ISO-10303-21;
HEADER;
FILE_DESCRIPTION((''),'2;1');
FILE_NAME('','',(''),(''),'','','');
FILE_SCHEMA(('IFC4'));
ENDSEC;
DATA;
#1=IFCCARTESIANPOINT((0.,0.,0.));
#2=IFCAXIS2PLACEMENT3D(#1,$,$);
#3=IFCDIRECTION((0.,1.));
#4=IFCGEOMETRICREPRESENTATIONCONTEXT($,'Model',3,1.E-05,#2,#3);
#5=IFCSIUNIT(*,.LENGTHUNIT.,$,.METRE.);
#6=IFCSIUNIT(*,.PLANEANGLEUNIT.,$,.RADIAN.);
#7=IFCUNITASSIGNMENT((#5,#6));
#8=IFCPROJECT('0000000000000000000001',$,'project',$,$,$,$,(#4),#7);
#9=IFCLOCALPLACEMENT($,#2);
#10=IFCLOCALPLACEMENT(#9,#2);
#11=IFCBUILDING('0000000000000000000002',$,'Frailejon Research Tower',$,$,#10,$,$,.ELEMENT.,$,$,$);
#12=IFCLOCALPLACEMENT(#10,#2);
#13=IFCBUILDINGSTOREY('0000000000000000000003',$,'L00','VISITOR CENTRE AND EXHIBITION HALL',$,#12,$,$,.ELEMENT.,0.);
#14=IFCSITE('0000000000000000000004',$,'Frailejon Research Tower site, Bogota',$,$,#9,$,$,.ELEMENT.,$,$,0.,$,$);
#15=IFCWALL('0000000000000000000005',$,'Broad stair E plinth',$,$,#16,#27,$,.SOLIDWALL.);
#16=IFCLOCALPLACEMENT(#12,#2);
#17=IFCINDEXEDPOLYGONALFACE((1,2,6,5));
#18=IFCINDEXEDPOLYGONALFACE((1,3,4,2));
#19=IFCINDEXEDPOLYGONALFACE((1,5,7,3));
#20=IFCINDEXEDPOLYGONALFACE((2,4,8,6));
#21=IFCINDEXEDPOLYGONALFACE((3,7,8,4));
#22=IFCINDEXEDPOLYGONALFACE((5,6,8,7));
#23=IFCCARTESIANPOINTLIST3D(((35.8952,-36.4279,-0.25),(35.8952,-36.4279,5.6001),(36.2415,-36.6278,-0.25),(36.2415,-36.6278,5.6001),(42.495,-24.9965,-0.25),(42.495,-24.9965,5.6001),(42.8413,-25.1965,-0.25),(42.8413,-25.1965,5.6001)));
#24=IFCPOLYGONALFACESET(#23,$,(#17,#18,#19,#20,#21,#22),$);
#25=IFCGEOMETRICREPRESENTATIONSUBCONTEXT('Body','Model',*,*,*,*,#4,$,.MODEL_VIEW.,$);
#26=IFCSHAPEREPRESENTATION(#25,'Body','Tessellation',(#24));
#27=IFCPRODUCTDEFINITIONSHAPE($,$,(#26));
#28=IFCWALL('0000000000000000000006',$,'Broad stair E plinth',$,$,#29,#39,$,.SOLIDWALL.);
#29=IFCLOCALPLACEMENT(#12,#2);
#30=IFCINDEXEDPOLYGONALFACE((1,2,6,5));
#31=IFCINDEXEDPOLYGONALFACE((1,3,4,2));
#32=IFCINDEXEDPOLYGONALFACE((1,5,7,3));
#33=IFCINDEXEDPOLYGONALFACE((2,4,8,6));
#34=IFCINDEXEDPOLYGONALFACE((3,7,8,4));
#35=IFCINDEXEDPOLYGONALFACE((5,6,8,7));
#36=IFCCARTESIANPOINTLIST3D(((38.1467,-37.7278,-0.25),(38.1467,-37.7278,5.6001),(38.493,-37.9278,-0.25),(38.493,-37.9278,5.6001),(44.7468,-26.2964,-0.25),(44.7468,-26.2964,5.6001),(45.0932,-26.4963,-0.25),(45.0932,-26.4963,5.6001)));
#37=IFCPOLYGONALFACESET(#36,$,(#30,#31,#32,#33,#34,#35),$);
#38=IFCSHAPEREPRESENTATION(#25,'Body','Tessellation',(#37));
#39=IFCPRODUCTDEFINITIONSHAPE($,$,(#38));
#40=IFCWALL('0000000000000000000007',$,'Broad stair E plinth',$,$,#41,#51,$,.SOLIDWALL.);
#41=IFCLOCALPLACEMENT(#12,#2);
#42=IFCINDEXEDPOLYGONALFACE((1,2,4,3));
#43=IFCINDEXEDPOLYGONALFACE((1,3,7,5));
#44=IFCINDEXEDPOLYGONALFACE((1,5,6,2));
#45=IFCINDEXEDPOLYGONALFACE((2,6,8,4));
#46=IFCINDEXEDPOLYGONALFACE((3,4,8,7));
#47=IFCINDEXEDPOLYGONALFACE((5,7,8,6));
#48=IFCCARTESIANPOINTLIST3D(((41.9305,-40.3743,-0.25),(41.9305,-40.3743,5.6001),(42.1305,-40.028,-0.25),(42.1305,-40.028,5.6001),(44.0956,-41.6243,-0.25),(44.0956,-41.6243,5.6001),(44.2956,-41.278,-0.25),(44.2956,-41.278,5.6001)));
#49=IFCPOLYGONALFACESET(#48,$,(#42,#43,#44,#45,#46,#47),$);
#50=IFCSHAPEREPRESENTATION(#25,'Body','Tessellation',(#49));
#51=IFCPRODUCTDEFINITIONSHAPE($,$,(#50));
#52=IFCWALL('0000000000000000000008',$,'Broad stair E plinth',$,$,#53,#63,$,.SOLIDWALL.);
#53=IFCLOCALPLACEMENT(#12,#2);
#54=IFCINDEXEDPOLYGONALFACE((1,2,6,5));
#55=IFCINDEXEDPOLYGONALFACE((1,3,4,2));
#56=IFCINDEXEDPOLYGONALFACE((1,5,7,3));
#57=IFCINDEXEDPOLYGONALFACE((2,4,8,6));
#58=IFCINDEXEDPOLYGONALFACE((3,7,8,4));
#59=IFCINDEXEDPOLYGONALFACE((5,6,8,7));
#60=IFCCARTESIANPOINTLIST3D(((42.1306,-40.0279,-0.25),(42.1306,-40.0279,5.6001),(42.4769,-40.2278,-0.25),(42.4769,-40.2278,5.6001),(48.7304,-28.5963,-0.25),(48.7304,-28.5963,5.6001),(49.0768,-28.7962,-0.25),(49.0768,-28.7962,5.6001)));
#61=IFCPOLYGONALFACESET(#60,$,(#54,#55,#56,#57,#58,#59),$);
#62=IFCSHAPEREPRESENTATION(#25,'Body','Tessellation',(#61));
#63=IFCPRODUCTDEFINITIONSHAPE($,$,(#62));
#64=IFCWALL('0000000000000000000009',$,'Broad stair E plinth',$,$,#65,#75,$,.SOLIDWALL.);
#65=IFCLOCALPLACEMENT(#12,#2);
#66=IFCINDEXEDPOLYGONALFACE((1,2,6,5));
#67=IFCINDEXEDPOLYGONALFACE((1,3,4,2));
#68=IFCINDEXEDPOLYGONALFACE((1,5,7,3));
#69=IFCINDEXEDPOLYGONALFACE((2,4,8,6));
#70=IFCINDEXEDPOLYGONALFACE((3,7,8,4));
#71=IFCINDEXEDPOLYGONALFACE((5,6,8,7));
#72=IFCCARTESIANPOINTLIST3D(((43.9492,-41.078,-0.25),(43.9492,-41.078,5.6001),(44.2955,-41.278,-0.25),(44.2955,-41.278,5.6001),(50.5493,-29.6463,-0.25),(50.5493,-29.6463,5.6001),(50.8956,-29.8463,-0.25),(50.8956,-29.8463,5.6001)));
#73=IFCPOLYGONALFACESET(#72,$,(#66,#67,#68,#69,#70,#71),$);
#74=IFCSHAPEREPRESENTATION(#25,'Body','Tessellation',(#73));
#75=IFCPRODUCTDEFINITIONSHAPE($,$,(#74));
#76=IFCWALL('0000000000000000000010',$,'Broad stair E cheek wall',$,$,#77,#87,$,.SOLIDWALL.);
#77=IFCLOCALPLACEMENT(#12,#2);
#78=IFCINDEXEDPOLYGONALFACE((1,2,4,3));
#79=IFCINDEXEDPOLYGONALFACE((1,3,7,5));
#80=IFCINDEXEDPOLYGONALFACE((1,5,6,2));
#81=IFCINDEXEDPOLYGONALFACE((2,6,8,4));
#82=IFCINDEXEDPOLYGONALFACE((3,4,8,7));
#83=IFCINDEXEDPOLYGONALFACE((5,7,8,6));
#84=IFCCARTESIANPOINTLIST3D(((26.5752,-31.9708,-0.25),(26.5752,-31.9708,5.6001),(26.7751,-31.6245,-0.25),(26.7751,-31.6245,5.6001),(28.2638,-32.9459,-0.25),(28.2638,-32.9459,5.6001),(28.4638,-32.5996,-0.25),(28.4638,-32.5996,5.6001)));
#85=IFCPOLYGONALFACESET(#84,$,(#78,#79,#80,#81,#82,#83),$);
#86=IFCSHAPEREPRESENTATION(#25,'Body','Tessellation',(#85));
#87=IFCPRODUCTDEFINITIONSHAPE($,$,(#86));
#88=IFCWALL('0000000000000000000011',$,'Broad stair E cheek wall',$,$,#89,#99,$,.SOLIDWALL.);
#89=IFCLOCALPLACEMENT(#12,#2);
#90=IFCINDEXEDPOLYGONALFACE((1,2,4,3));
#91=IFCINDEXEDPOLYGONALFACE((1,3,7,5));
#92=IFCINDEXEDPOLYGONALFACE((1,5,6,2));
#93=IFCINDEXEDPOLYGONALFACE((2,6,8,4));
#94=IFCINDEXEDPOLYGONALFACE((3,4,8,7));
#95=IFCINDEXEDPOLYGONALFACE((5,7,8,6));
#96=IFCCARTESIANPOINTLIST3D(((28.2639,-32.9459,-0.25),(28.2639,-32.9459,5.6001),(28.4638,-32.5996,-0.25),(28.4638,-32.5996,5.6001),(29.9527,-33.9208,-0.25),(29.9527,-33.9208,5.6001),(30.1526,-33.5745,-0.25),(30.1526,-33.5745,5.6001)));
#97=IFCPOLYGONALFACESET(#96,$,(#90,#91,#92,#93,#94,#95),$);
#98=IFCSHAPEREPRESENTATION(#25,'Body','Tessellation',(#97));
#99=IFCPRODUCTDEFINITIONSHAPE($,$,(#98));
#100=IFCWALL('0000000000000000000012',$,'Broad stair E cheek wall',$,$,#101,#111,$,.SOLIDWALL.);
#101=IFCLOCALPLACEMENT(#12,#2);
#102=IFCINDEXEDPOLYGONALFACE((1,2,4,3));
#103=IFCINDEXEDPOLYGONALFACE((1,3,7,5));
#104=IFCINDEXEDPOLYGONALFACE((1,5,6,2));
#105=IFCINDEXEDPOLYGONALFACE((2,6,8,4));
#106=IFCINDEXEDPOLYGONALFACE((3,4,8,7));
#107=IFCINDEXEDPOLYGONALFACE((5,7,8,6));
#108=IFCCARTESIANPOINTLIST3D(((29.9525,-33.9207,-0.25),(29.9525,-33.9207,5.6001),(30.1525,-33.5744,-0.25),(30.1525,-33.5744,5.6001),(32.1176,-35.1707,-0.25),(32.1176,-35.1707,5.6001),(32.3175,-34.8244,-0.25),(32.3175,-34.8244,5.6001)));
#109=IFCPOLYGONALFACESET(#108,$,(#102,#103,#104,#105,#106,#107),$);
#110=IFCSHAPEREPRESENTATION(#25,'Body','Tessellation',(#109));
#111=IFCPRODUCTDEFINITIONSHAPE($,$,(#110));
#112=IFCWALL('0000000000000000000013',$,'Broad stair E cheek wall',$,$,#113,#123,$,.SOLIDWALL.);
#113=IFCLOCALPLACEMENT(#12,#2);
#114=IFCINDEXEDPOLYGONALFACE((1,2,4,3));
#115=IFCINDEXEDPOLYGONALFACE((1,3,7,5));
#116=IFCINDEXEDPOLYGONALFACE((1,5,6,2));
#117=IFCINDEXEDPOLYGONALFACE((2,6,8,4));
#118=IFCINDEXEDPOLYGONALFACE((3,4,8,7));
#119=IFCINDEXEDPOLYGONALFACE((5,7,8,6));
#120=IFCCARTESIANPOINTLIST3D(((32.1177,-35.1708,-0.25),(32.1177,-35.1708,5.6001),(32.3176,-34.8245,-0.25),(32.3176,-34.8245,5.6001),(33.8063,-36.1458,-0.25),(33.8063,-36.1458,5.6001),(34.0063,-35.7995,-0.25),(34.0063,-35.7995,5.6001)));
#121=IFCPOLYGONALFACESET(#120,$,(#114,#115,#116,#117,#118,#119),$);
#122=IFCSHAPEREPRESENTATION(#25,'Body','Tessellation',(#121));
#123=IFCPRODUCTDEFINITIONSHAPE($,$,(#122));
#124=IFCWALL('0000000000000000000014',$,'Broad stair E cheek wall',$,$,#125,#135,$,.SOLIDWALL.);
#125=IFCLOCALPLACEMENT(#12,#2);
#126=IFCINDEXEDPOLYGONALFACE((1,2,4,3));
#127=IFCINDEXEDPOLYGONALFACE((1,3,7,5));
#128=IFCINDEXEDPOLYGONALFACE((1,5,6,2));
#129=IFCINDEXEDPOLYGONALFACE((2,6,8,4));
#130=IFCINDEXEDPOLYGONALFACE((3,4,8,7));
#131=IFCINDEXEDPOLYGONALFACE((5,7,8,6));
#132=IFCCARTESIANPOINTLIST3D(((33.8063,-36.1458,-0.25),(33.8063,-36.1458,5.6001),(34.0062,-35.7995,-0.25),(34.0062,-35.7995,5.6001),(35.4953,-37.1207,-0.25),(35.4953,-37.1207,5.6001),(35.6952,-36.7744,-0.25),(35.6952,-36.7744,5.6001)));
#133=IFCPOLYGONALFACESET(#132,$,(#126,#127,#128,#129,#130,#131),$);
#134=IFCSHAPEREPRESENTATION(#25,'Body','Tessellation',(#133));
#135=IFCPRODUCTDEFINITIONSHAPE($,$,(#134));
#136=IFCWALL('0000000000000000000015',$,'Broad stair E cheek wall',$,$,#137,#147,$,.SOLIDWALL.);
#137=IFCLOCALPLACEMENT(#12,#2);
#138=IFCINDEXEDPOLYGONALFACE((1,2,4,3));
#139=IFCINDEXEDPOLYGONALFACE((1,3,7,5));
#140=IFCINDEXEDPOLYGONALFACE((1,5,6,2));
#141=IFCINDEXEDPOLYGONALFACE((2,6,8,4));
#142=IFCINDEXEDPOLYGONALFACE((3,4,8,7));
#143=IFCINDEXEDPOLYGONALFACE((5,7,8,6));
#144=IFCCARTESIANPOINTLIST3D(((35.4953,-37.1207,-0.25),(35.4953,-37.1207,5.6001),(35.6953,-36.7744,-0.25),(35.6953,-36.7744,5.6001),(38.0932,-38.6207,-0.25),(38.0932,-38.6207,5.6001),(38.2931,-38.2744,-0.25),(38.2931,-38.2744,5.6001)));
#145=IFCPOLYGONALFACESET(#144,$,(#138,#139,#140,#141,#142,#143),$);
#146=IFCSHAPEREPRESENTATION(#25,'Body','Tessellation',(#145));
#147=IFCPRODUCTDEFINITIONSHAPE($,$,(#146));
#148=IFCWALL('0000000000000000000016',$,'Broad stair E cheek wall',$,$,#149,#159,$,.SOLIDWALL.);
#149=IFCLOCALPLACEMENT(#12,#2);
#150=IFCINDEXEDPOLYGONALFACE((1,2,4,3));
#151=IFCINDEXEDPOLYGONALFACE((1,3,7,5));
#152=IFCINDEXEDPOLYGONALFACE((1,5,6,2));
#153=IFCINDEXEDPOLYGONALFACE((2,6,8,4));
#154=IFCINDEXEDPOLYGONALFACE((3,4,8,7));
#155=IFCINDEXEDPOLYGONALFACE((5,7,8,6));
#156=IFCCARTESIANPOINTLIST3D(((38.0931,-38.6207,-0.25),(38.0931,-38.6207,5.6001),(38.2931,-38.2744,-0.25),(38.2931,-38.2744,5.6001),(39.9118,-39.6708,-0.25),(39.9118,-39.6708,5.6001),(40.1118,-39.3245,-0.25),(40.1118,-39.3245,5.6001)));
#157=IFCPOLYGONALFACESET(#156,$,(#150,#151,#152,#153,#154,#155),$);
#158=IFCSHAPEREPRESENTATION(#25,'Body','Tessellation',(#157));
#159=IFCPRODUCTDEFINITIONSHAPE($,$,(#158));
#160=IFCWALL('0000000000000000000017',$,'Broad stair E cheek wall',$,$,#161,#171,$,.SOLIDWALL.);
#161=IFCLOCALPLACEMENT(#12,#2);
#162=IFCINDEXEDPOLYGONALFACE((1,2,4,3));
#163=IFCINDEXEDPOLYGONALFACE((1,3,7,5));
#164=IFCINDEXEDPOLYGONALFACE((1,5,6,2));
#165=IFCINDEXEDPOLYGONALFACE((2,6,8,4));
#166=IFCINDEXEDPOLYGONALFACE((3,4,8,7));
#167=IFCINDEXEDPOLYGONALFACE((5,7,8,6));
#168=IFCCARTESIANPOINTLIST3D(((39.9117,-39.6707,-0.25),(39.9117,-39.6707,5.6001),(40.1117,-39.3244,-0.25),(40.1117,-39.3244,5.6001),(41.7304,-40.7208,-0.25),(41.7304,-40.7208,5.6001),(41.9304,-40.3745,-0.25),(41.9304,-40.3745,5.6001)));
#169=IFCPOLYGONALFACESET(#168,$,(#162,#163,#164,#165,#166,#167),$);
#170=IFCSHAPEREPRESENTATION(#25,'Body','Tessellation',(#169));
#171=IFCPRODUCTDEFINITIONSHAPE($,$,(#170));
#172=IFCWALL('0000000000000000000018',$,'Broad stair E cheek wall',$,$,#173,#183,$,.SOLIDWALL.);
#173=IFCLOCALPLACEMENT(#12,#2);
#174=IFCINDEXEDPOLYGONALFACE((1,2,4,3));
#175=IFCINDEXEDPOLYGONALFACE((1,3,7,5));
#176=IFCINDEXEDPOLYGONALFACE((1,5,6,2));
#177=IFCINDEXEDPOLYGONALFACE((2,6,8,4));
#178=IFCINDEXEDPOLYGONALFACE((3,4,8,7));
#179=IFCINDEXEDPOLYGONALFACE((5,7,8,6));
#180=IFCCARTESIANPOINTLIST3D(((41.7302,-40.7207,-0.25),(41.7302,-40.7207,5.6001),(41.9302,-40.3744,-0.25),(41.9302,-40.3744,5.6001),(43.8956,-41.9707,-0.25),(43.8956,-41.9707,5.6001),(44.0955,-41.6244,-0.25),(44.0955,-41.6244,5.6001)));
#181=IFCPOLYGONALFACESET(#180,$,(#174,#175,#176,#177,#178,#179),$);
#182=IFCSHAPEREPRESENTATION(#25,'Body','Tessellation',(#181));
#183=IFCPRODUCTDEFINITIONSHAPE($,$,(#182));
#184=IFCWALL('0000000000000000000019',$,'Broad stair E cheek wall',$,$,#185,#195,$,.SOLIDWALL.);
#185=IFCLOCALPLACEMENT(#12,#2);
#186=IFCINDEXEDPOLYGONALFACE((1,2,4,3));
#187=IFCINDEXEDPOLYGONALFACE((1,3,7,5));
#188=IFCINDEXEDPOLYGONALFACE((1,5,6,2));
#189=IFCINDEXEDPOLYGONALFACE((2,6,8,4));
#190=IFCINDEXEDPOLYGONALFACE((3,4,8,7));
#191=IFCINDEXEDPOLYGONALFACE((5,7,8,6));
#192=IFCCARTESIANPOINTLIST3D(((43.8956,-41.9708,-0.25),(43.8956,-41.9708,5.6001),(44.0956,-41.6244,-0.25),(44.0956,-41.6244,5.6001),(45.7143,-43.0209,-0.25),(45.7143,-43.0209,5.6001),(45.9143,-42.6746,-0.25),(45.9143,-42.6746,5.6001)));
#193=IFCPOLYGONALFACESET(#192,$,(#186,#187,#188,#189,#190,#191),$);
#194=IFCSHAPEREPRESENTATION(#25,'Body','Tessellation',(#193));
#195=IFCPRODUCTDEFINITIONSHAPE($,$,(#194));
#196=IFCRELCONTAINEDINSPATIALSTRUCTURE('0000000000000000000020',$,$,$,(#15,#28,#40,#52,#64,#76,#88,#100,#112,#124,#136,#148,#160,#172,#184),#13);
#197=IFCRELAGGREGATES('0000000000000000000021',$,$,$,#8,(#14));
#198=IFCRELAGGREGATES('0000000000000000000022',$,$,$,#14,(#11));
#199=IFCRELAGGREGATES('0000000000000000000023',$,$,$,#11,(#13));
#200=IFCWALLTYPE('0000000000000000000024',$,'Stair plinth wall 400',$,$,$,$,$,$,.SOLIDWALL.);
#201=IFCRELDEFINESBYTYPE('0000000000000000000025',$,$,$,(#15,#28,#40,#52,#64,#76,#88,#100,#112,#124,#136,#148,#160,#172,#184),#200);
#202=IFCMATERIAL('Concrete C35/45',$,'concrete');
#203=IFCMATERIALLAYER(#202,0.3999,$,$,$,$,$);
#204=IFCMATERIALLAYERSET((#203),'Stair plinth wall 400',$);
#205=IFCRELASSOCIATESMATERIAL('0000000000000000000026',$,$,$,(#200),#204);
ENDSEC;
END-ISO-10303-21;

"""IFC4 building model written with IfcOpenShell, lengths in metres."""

from ifc_helpers import new_model, si_unit, direction, frame, frame_2d, origin, place, context, subcontext, project, spatial, rectangle, extrude, material, layer, layer_set, type_object, element, save


model = new_model("IFC4")

# Units and contexts
model_context = context("Model", 3, precision=1e-05, world=origin(), true_north=direction((0.0, 1.0)))
body_context = subcontext(model_context, "Body", "Model", "MODEL_VIEW")
ifc_project = project(units=[si_unit("LENGTHUNIT", "METRE"), si_unit("PLANEANGLEUNIT", "RADIAN")], contexts=[model_context])

# Site, building, storey
site_placement = place(None, origin())
site = spatial("IfcSite", under=ifc_project, at=site_placement, Name="Frailejon Research Tower site, Bogota", CompositionType="ELEMENT", RefElevation=0.0)
building_placement = place(site_placement, origin())
building = spatial("IfcBuilding", under=site, at=building_placement, Name="Frailejon Research Tower", CompositionType="ELEMENT")
storey_placement = place(building_placement, origin())
storey = spatial("IfcBuildingStorey", under=building, at=storey_placement, Name="L00", Description="VISITOR CENTRE AND EXHIBITION HALL", CompositionType="ELEMENT", Elevation=0.0)

# Walls
ifc_material_1 = material(Name="Concrete C35/45", Category="concrete")
ifc_layer = layer(ifc_material_1, 0.3999)
ifc_layer_set = layer_set([ifc_layer], Name="Stair plinth wall 400")
wall_type = type_object("IfcWallType", Name="Stair plinth wall 400", PredefinedType="SOLIDWALL", material=ifc_layer_set)
wall_1_placement = place(storey_placement, frame((36.0684, -36.5278, -0.25), z_axis=(0.0, 0.0, 1.0), x_axis=(0.499996, 0.866028, 0.0)))
element("IfcWall", 1, at=wall_1_placement, inside=storey, type_object=wall_type, Name="Broad stair E plinth", PredefinedType="SOLIDWALL", context=body_context, shape_type="SweptSolid", body=[
    extrude(rectangle(XDim=13.1997, YDim=0.3999, at=frame_2d((6.5999, 0.0))), origin(), (0.0, 0.0, 1.0), 5.8501),
])
wall_2_placement = place(storey_placement, frame((38.3198, -37.8279, -0.25), z_axis=(0.0, 0.0, 1.0), x_axis=(0.50001, 0.86602, 0.0)))
element("IfcWall", 2, at=wall_2_placement, inside=storey, type_object=wall_type, Name="Broad stair E plinth", PredefinedType="SOLIDWALL", context=body_context, shape_type="SweptSolid", body=[
    extrude(rectangle(XDim=13.2, YDim=0.3999, at=frame_2d((6.6001, 0.0))), origin(), (0.0, 0.0, 1.0), 5.8501),
])
wall_3_placement = place(storey_placement, frame((42.0305, -40.2012, -0.25), z_axis=(0.0, 0.0, 1.0), x_axis=(0.866023, -0.500004, 0.0)))
element("IfcWall", 3, at=wall_3_placement, inside=storey, type_object=wall_type, Name="Broad stair E plinth", PredefinedType="SOLIDWALL", context=body_context, shape_type="SweptSolid", body=[
    extrude(rectangle(XDim=2.5, YDim=0.3999, at=frame_2d((1.25, 0.0))), origin(), (0.0, 0.0, 1.0), 5.8501),
])
wall_4_placement = place(storey_placement, frame((42.3037, -40.1279, -0.25), z_axis=(0.0, 0.0, 1.0), x_axis=(0.499988, 0.866032, 0.0)))
element("IfcWall", 4, at=wall_4_placement, inside=storey, type_object=wall_type, Name="Broad stair E plinth", PredefinedType="SOLIDWALL", context=body_context, shape_type="SweptSolid", body=[
    extrude(rectangle(XDim=13.2, YDim=0.3999, at=frame_2d((6.6001, 0.0))), origin(), (0.0, 0.0, 1.0), 5.8501),
])
wall_5_placement = place(storey_placement, frame((44.1223, -41.178, -0.25), z_axis=(0.0, 0.0, 1.0), x_axis=(0.500002, 0.866024, 0.0)))
element("IfcWall", 5, at=wall_5_placement, inside=storey, type_object=wall_type, Name="Broad stair E plinth", PredefinedType="SOLIDWALL", context=body_context, shape_type="SweptSolid", body=[
    extrude(rectangle(XDim=13.2002, YDim=0.3999, at=frame_2d((6.6001, 0.0))), origin(), (0.0, 0.0, 1.0), 5.8501),
])
for number, where, z_axis, x_axis, name in (
    (6, (26.675, -31.7976, -0.25), (0.0, 0.0, 1.0), (0.866, -0.500044, 0.0), "Broad stair E cheek wall"),
    (7, (28.3638, -32.7727, -0.25), (0.0, 0.0, 1.0), (0.866054, -0.49995, 0.0), "Broad stair E cheek wall"),
):
    element("IfcWall", number, at=place(storey_placement, frame(where, z_axis=z_axis, x_axis=x_axis)), inside=storey, type_object=wall_type, Name=name, PredefinedType="SOLIDWALL", context=body_context, shape_type="SweptSolid", body=[
        extrude(rectangle(XDim=1.95, YDim=0.3999, at=frame_2d((0.9751, 0.0))), origin(), (0.0, 0.0, 1.0), 5.8501),
    ])
wall_6_placement = place(storey_placement, frame((30.0525, -33.7476, -0.25), z_axis=(0.0, 0.0, 1.0), x_axis=(0.866023, -0.500004, 0.0)))
element("IfcWall", 8, at=wall_6_placement, inside=storey, type_object=wall_type, Name="Broad stair E cheek wall", PredefinedType="SOLIDWALL", context=body_context, shape_type="SweptSolid", body=[
    extrude(rectangle(XDim=2.5, YDim=0.3999, at=frame_2d((1.25, 0.0))), origin(), (0.0, 0.0, 1.0), 5.8501),
])
wall_7_placement = place(storey_placement, frame((32.2175, -34.9976, -0.25), z_axis=(0.0, 0.0, 1.0), x_axis=(0.866, -0.500044, 0.0)))
element("IfcWall", 9, at=wall_7_placement, inside=storey, type_object=wall_type, Name="Broad stair E cheek wall", PredefinedType="SOLIDWALL", context=body_context, shape_type="SweptSolid", body=[
    extrude(rectangle(XDim=1.95, YDim=0.3999, at=frame_2d((0.9751, 0.0))), origin(), (0.0, 0.0, 1.0), 5.8501),
])
wall_8_placement = place(storey_placement, frame((33.9062, -35.9727, -0.25), z_axis=(0.0, 0.0, 1.0), x_axis=(0.866086, -0.499896, 0.0)))
element("IfcWall", 10, at=wall_8_placement, inside=storey, type_object=wall_type, Name="Broad stair E cheek wall", PredefinedType="SOLIDWALL", context=body_context, shape_type="SweptSolid", body=[
    extrude(rectangle(XDim=1.9502, YDim=0.3999, at=frame_2d((0.9751, 0.0))), origin(), (0.0, 0.0, 1.0), 5.8501),
])
wall_9_placement = place(storey_placement, frame((35.5952, -36.9475, -0.25), z_axis=(0.0, 0.0, 1.0), x_axis=(0.866011, -0.500025, 0.0)))
element("IfcWall", 11, at=wall_9_placement, inside=storey, type_object=wall_type, Name="Broad stair E cheek wall", PredefinedType="SOLIDWALL", context=body_context, shape_type="SweptSolid", body=[
    extrude(rectangle(XDim=2.9998, YDim=0.3999, at=frame_2d((1.5, 0.0))), origin(), (0.0, 0.0, 1.0), 5.8501),
])
for number, where, z_axis, x_axis, name in (
    (12, (38.1931, -38.4475, -0.25), (0.0, 0.0, 1.0), (0.866009, -0.500028, 0.0), "Broad stair E cheek wall"),
    (13, (40.0117, -39.4976, -0.25), (0.0, 0.0, 1.0), (0.866009, -0.500028, 0.0), "Broad stair E cheek wall"),
):
    element("IfcWall", number, at=place(storey_placement, frame(where, z_axis=z_axis, x_axis=x_axis)), inside=storey, type_object=wall_type, Name=name, PredefinedType="SOLIDWALL", context=body_context, shape_type="SweptSolid", body=[
        extrude(rectangle(XDim=2.1001, YDim=0.3999, at=frame_2d((1.05, 0.0))), origin(), (0.0, 0.0, 1.0), 5.8501),
    ])
wall_10_placement = place(storey_placement, frame((41.8303, -40.5476, -0.25), z_axis=(0.0, 0.0, 1.0), x_axis=(0.866047, -0.499962, 0.0)))
element("IfcWall", 14, at=wall_10_placement, inside=storey, type_object=wall_type, Name="Broad stair E cheek wall", PredefinedType="SOLIDWALL", context=body_context, shape_type="SweptSolid", body=[
    extrude(rectangle(XDim=2.5002, YDim=0.3999, at=frame_2d((1.25, 0.0))), origin(), (0.0, 0.0, 1.0), 5.8501),
])
wall_11_placement = place(storey_placement, frame((43.9956, -41.7976, -0.25), z_axis=(0.0, 0.0, 1.0), x_axis=(0.866009, -0.500028, 0.0)))
element("IfcWall", 15, at=wall_11_placement, inside=storey, type_object=wall_type, Name="Broad stair E cheek wall", PredefinedType="SOLIDWALL", context=body_context, shape_type="SweptSolid", body=[
    extrude(rectangle(XDim=2.1001, YDim=0.3999, at=frame_2d((1.05, 0.0))), origin(), (0.0, 0.0, 1.0), 5.8501),
])

save(model, "model.ifc")
